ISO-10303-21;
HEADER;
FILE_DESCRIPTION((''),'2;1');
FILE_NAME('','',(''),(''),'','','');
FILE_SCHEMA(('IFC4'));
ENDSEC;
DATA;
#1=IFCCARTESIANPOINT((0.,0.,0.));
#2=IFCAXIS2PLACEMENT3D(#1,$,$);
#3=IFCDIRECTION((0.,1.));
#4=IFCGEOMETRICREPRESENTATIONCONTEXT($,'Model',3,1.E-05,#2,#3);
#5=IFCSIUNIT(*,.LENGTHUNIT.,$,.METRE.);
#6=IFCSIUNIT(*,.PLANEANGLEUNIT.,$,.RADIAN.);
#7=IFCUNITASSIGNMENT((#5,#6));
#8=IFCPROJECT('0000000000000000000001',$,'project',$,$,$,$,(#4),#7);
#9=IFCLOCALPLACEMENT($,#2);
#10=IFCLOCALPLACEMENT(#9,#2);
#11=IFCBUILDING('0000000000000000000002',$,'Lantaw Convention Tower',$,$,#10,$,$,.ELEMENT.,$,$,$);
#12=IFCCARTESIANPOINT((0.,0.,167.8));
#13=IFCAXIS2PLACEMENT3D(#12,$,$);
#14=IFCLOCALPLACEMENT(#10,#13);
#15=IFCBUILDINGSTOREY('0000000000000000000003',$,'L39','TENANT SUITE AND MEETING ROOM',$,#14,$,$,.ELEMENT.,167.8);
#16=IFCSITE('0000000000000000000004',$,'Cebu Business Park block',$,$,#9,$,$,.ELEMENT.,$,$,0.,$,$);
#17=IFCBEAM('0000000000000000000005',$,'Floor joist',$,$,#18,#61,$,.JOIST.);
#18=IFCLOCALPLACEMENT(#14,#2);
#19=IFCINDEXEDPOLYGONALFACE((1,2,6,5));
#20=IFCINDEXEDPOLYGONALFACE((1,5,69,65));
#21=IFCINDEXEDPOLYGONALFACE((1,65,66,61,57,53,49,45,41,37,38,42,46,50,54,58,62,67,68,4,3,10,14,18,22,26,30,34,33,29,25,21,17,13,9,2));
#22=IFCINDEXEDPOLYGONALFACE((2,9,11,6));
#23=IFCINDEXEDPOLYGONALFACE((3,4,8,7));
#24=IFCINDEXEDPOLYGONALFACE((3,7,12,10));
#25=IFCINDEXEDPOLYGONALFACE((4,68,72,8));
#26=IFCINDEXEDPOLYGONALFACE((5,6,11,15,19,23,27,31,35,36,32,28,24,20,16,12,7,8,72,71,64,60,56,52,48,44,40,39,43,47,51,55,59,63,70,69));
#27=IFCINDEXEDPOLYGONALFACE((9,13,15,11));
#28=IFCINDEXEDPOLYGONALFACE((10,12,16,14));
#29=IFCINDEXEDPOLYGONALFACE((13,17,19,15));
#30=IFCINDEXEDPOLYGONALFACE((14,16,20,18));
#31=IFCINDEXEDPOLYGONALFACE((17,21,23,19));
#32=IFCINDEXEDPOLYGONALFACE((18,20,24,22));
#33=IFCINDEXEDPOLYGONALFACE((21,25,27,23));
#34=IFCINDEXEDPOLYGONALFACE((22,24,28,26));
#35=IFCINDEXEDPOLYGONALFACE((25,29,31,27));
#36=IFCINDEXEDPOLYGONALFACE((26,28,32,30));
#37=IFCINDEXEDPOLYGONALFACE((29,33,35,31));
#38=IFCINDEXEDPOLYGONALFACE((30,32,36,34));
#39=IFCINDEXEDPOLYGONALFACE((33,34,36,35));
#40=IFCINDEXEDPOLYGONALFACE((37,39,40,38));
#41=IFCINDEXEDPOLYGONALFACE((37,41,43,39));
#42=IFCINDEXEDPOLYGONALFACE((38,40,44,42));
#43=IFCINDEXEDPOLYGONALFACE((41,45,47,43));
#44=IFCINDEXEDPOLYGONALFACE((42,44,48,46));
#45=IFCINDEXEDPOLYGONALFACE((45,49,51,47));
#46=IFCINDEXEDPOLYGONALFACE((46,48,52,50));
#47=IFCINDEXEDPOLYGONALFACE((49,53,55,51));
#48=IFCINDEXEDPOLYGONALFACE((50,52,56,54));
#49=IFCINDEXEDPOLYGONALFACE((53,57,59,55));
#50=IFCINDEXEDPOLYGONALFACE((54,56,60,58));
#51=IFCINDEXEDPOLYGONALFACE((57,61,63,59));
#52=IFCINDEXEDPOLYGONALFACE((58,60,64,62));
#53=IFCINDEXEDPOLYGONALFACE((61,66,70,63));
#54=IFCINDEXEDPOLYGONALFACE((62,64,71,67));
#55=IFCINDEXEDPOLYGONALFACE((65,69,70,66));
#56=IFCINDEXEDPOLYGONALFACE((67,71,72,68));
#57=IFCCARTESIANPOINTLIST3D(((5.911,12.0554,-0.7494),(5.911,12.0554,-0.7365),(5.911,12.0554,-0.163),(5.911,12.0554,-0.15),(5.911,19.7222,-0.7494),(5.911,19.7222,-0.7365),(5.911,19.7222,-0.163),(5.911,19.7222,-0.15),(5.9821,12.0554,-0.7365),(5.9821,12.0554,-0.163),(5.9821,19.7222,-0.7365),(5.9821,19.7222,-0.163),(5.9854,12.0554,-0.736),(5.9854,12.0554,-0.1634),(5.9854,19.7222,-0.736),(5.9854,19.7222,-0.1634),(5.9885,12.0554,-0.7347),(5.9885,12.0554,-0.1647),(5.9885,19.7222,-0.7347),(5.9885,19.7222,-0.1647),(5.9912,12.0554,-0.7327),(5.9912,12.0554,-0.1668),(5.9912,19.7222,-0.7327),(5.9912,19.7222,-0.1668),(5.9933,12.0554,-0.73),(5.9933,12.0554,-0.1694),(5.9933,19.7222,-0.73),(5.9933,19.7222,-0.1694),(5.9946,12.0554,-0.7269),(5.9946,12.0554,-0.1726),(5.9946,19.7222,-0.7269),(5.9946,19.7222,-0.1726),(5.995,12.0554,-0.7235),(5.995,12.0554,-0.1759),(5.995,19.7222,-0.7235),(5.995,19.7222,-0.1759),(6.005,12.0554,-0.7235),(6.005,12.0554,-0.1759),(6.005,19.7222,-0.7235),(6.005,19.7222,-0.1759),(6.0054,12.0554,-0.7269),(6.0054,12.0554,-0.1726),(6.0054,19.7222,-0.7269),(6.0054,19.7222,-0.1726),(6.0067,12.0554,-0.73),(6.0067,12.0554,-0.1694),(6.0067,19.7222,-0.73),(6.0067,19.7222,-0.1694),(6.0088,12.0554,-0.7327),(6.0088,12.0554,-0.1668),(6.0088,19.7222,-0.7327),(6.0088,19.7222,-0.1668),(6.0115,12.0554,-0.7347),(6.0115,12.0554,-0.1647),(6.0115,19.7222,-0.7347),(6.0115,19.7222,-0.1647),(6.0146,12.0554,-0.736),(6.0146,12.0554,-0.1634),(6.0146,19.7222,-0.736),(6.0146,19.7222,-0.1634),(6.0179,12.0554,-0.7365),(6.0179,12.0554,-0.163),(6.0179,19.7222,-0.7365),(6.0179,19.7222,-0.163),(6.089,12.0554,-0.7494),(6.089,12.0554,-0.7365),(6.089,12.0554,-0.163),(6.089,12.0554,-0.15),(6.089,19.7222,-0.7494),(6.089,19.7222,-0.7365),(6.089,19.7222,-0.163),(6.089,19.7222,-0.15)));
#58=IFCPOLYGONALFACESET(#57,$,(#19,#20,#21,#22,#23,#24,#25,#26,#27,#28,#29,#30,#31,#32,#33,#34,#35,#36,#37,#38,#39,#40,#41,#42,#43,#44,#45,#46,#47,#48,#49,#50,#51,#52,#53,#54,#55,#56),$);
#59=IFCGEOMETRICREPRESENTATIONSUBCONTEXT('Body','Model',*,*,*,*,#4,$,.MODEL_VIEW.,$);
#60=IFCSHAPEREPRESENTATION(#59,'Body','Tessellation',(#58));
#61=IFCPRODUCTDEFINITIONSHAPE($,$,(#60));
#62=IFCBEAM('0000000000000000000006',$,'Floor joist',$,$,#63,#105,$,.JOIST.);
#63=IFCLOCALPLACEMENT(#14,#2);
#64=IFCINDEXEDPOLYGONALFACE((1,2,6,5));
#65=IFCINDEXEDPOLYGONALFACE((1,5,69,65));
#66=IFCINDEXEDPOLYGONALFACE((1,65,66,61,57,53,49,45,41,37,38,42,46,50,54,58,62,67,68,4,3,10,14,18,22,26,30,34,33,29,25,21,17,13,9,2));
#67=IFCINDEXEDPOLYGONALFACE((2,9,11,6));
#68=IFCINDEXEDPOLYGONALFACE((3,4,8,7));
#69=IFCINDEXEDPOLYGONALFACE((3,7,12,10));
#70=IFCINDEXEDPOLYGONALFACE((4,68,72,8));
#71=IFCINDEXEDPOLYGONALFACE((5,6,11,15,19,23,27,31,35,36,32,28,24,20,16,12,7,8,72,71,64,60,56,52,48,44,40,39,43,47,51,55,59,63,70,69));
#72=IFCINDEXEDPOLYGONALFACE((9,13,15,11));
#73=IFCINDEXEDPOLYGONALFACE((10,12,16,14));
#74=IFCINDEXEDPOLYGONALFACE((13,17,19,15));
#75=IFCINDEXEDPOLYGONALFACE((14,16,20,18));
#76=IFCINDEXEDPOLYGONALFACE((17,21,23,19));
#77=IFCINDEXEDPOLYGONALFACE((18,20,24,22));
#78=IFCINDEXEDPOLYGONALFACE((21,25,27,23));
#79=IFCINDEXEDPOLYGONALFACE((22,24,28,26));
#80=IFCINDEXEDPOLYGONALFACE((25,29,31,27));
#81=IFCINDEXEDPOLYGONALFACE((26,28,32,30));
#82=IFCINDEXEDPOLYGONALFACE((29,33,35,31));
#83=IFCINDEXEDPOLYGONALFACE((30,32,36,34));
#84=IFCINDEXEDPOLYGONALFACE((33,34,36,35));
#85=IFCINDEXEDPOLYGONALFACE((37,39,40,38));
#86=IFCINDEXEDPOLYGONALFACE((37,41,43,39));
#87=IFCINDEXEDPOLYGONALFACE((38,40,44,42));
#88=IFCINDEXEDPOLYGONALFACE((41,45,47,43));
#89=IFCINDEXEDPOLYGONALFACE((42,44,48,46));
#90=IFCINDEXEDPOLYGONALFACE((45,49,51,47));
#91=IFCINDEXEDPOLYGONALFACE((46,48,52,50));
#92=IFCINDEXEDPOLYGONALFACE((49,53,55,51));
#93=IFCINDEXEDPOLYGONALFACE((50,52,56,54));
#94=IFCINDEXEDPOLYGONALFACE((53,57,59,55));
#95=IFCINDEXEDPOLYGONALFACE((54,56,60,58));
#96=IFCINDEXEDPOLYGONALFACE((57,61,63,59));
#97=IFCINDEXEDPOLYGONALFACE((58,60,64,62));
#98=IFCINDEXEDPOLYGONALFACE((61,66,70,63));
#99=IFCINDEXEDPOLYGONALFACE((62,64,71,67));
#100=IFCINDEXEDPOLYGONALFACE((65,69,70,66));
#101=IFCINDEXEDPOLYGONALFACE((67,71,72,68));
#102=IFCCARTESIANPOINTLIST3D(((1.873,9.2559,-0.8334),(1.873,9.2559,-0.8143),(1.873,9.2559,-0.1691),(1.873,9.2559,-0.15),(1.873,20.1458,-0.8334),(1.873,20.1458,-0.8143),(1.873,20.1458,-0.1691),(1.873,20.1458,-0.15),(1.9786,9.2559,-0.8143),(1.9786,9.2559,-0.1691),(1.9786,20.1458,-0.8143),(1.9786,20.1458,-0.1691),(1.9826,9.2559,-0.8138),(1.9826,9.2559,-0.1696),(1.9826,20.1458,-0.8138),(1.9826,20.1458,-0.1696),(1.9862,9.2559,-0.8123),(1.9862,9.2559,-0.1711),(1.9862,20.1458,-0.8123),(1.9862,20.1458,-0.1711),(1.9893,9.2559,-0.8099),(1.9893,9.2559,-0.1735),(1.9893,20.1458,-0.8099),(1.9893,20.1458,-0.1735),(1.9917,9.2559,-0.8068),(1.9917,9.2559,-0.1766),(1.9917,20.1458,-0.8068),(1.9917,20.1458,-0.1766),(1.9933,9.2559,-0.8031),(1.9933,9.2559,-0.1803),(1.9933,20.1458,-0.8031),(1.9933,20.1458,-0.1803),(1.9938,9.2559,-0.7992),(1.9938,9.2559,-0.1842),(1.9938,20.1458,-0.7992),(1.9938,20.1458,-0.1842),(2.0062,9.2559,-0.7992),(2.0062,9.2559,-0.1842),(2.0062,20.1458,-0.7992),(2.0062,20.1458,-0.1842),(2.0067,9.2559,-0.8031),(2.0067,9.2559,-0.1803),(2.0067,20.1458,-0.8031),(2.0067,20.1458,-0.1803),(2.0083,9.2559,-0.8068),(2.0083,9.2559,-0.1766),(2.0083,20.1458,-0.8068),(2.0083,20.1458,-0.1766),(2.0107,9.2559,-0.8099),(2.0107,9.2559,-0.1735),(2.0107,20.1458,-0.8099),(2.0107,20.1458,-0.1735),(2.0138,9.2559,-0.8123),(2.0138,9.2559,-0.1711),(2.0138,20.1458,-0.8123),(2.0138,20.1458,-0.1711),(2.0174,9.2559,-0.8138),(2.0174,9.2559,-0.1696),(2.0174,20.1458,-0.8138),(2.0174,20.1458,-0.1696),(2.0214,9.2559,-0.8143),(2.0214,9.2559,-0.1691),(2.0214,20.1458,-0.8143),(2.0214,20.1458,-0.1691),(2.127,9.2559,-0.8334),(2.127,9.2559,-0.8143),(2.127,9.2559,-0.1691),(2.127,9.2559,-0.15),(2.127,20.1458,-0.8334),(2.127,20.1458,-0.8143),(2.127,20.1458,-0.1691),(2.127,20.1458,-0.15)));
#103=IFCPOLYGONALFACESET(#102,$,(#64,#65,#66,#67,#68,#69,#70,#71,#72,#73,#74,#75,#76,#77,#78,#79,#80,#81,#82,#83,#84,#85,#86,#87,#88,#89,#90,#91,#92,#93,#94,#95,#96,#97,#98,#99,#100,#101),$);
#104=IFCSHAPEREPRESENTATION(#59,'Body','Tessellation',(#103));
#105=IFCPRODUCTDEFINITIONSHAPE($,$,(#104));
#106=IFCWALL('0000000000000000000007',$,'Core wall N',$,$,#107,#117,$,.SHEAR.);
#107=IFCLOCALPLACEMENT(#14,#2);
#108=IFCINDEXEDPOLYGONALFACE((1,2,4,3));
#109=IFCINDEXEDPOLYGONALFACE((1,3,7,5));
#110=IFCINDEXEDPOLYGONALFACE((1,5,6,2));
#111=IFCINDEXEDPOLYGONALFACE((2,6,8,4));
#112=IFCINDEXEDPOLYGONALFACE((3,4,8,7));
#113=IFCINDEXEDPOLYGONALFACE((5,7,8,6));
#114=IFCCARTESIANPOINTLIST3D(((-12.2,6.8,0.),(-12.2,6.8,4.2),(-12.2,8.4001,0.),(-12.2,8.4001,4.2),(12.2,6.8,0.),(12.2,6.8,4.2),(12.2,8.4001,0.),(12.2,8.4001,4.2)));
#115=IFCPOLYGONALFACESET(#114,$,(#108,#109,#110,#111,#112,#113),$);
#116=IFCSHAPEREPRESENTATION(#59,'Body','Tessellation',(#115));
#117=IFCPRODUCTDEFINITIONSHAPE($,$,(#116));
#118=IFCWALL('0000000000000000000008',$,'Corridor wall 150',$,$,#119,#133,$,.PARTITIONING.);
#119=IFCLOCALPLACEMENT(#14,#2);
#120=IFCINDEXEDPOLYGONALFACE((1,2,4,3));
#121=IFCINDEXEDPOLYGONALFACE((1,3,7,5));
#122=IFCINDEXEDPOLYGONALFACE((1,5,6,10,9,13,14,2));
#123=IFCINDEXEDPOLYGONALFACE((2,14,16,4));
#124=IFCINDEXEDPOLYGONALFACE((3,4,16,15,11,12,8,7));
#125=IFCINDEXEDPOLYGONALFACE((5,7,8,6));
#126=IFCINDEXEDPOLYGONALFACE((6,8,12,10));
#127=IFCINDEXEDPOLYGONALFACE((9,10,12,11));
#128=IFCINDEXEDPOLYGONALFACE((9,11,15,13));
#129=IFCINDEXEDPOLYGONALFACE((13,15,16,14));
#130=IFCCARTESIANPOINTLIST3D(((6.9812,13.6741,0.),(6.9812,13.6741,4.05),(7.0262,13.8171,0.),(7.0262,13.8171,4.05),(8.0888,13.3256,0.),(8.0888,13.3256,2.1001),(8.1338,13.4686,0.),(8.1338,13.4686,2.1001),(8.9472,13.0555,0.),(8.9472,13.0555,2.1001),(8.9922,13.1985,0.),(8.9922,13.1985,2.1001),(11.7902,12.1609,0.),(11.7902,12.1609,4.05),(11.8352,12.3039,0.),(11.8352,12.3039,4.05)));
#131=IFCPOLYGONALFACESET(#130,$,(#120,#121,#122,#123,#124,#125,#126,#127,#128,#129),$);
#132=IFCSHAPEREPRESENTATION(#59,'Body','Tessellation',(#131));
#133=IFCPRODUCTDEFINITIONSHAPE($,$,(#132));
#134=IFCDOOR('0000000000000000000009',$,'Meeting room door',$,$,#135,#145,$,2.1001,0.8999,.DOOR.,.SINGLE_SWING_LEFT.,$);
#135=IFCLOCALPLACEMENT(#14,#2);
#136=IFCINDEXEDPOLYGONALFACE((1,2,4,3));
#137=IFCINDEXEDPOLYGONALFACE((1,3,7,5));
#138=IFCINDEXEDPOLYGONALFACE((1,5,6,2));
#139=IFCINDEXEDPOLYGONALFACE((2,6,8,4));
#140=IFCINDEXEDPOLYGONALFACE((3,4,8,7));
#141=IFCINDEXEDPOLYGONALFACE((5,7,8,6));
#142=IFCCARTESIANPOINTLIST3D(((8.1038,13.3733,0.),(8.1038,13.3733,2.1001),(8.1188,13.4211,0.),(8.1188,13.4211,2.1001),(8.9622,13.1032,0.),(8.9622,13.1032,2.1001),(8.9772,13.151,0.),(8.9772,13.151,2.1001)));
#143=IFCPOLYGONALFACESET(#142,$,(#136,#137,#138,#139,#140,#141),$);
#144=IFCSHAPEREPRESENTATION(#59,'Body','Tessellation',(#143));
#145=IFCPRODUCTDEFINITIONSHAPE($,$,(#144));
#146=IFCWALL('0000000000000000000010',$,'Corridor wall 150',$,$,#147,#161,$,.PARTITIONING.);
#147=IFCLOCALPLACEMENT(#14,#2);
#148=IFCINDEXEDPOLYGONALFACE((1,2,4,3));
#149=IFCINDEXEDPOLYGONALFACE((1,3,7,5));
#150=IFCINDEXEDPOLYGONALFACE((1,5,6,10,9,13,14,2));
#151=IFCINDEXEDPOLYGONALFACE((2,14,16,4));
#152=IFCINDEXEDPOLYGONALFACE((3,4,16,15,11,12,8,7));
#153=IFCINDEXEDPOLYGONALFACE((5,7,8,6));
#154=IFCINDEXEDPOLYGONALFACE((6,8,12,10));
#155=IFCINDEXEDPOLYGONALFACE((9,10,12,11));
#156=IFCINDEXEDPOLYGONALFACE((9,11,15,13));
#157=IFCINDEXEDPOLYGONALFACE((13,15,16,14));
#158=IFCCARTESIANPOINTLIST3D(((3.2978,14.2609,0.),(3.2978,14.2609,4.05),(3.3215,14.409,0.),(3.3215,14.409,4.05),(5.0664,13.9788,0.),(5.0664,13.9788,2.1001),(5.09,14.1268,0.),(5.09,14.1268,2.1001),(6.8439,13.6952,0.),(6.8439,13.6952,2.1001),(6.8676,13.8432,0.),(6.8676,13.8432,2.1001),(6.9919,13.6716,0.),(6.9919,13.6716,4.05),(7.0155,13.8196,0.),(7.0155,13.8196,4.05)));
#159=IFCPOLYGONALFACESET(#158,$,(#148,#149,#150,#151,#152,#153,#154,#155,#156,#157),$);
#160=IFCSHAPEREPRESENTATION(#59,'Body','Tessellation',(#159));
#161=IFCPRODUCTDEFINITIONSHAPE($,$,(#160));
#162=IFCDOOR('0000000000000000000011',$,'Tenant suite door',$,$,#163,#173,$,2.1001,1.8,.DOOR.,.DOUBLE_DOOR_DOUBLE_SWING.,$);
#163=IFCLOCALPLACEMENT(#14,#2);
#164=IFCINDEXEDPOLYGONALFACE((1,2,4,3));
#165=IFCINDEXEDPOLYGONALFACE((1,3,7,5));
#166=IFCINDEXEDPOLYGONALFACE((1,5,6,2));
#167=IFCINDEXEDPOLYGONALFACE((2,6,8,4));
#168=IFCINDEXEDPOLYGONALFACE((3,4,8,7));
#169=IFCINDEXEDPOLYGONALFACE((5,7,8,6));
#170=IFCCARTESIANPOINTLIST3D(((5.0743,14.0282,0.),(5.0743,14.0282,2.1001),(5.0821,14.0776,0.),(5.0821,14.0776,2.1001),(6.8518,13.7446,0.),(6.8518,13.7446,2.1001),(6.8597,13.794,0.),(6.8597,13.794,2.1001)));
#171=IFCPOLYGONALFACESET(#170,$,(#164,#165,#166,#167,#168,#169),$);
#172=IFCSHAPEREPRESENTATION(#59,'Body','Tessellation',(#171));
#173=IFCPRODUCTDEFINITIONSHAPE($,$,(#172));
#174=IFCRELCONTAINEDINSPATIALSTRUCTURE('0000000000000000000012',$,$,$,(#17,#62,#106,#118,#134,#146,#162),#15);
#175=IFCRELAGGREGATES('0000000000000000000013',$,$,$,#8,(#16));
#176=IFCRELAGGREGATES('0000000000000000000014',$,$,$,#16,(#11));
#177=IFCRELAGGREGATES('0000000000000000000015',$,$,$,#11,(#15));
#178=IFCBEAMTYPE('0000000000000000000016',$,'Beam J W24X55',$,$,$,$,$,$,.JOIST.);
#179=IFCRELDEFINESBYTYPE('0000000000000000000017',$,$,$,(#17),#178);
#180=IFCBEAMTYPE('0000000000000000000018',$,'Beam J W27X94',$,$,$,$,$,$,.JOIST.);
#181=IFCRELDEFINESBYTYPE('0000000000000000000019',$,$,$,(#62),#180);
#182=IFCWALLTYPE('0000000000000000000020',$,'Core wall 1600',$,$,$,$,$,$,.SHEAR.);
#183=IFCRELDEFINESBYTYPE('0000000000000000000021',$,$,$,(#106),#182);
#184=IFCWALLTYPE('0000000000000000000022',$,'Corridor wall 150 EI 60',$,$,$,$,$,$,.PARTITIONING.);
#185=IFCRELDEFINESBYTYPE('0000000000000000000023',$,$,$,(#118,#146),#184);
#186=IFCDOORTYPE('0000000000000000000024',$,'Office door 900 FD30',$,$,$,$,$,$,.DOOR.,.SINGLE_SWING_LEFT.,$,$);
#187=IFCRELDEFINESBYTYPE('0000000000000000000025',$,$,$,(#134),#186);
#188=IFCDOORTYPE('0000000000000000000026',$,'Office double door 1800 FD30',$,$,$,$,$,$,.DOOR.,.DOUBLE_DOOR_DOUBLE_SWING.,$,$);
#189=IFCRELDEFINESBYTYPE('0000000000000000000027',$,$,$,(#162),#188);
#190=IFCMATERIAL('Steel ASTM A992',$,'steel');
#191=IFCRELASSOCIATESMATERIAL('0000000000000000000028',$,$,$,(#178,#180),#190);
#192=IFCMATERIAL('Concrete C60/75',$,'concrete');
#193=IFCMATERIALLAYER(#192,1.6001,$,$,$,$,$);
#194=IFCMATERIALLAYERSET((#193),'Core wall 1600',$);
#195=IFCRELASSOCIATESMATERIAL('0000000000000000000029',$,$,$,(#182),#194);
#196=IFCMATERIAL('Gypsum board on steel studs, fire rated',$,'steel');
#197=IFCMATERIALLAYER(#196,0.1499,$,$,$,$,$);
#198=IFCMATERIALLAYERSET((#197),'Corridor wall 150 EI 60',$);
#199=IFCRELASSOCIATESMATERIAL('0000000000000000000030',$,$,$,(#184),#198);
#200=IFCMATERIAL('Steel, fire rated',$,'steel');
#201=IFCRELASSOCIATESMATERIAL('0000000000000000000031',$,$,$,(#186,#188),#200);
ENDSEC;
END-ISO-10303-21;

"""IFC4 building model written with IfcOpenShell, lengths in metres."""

from ifc_helpers import new_model, si_unit, direction, frame, frame_2d, origin, origin_2d, place, context, subcontext, project, spatial, rectangle, i_section, extrude, material, layer, layer_set, material_profile, profile_set, type_object, element, fill, save


model = new_model("IFC4")

# Units and contexts
model_context = context("Model", 3, precision=1e-05, world=origin(), true_north=direction((0.0, 1.0)))
body_context = subcontext(model_context, "Body", "Model", "MODEL_VIEW")
ifc_project = project(units=[si_unit("LENGTHUNIT", "METRE"), si_unit("PLANEANGLEUNIT", "RADIAN")], contexts=[model_context])

# Site, building, storey
site_placement = place(None, origin())
site = spatial("IfcSite", under=ifc_project, at=site_placement, Name="Cebu Business Park block", CompositionType="ELEMENT", RefElevation=0.0)
building_placement = place(site_placement, origin())
building = spatial("IfcBuilding", under=site, at=building_placement, Name="Lantaw Convention Tower", CompositionType="ELEMENT")
storey_placement = place(building_placement, frame((0.0, 0.0, 167.8)))
storey = spatial("IfcBuildingStorey", under=building, at=storey_placement, Name="L39", Description="TENANT SUITE AND MEETING ROOM", CompositionType="ELEMENT", Elevation=167.8)

# Beams
ifc_material_1 = material(Name="Steel ASTM A992", Category="steel")
ifc_material_profile_1 = material_profile(ifc_material_1, i_section(OverallWidth=0.178, OverallDepth=0.5994, WebThickness=0.01, FlangeThickness=0.0129, FilletRadius=0.0129, at=origin_2d()), Name="W24X55")
ifc_profile_set_1 = profile_set([ifc_material_profile_1], Name="Steel ASTM A992")
beam_type_1 = type_object("IfcBeamType", Name="Beam J W24X55", PredefinedType="JOIST", material=ifc_profile_set_1)
beam_1_placement = place(storey_placement, frame((6.0, 12.0554, -0.4497), z_axis=(0.0, 1.0, 0.0), x_axis=(-1.0, 0.0, 0.0)))
element("IfcBeam", 1, at=beam_1_placement, inside=storey, type_object=beam_type_1, Name="Floor joist", PredefinedType="JOIST", context=body_context, shape_type="SweptSolid", body=[
    extrude(i_section(OverallWidth=0.178, OverallDepth=0.5994, WebThickness=0.01, FlangeThickness=0.0129, FilletRadius=0.0129, at=origin_2d()), origin(), (0.0, 0.0, 1.0), 7.6667),
])
ifc_material_profile_2 = material_profile(ifc_material_1, i_section(OverallWidth=0.2539, OverallDepth=0.6833, WebThickness=0.0125, FlangeThickness=0.019, FilletRadius=0.0151, at=origin_2d()), Name="W27X94")
ifc_profile_set_2 = profile_set([ifc_material_profile_2], Name="Steel ASTM A992")
beam_type_2 = type_object("IfcBeamType", Name="Beam J W27X94", PredefinedType="JOIST", material=ifc_profile_set_2)
beam_2_placement = place(storey_placement, frame((2.0, 9.2559, -0.4917), z_axis=(0.0, 1.0, 0.0), x_axis=(-1.0, 0.0, 0.0)))
element("IfcBeam", 2, at=beam_2_placement, inside=storey, type_object=beam_type_2, Name="Floor joist", PredefinedType="JOIST", context=body_context, shape_type="SweptSolid", body=[
    extrude(i_section(OverallWidth=0.2539, OverallDepth=0.6833, WebThickness=0.0125, FlangeThickness=0.019, FilletRadius=0.0151, at=origin_2d()), origin(), (0.0, 0.0, 1.0), 10.8899),
])

# Wall
ifc_material_2 = material(Name="Concrete C60/75", Category="concrete")
ifc_layer_1 = layer(ifc_material_2, 1.6001)
ifc_layer_set_1 = layer_set([ifc_layer_1], Name="Core wall 1600")
wall_type_1 = type_object("IfcWallType", Name="Core wall 1600", PredefinedType="SHEAR", material=ifc_layer_set_1)
wall_1_placement = place(storey_placement, frame((12.2, 7.6001, 0.0), z_axis=(0.0, 0.0, 1.0), x_axis=(-1.0, 0.0, 0.0)))
element("IfcWall", 3, at=wall_1_placement, inside=storey, type_object=wall_type_1, Name="Core wall N", PredefinedType="SHEAR", context=body_context, shape_type="SweptSolid", body=[
    extrude(rectangle(XDim=24.3999, YDim=1.6001, at=frame_2d((12.2, 0.0))), origin(), (0.0, 0.0, 1.0), 4.2),
])

# Walls, openings, doors
ifc_material_3 = material(Name="Gypsum board on steel studs, fire rated", Category="steel")
ifc_layer_2 = layer(ifc_material_3, 0.1499)
ifc_layer_set_2 = layer_set([ifc_layer_2], Name="Corridor wall 150 EI 60")
wall_type_2 = type_object("IfcWallType", Name="Corridor wall 150 EI 60", PredefinedType="PARTITIONING", material=ifc_layer_set_2)
wall_2_placement = place(storey_placement, frame((11.8127, 12.2324, 0.0), z_axis=(0.0, 0.0, 1.0), x_axis=(-0.953894, 0.300144, 0.0)))
wall_2 = element("IfcWall", 4, at=wall_2_placement, inside=storey, type_object=wall_type_2, Name="Corridor wall 150", PredefinedType="PARTITIONING", context=body_context, shape_type="SweptSolid", body=[
    extrude(rectangle(XDim=5.0415, YDim=0.1499, at=frame_2d((2.5208, 0.0))), origin(), (0.0, 0.0, 1.0), 4.05),
])
opening_1_placement = place(wall_2_placement, frame((2.9805, 0.0, 0.0)))
opening_1 = element("IfcOpeningElement", 5, at=opening_1_placement, cuts=wall_2, PredefinedType="OPENING", context=body_context, shape_type="SweptSolid", body=[
    extrude(rectangle(XDim=0.8999, YDim=2.1001, at=frame_2d((0.45, 1.05))), frame((0.0, 0.085, 0.0), z_axis=(0.0, -1.0, 0.0), x_axis=(1.0, 0.0, 0.0)), (0.0, 0.0, 1.0), 0.1699),
])
ifc_material_4 = material(Name="Steel, fire rated", Category="steel")
door_type_1 = type_object("IfcDoorType", Name="Office door 900 FD30", OperationType="SINGLE_SWING_LEFT", PredefinedType="DOOR", material=ifc_material_4)
door_1_placement = place(opening_1_placement, origin())
door_1 = element("IfcDoor", 6, at=door_1_placement, inside=storey, type_object=door_type_1, Name="Meeting room door", OperationType="SINGLE_SWING_LEFT", OverallHeight=2.1001, OverallWidth=0.8999, PredefinedType="DOOR", context=body_context, shape_type="SweptSolid", body=[
    extrude(rectangle(XDim=0.8999, YDim=2.1001, at=frame_2d((0.45, 1.05))), frame((0.0, 0.0249, 0.0), z_axis=(0.0, -1.0, 0.0), x_axis=(1.0, 0.0, 0.0)), (0.0, 0.0, 1.0), 0.05),
])
fill(opening_1, door_1)
wall_3_placement = place(storey_placement, frame((7.0037, 13.7456, 0.0), z_axis=(0.0, 0.0, 1.0), x_axis=(-0.987511, 0.157548, 0.0)))
wall_3 = element("IfcWall", 7, at=wall_3_placement, inside=storey, type_object=wall_type_2, Name="Corridor wall 150", PredefinedType="PARTITIONING", context=body_context, shape_type="SweptSolid", body=[
    extrude(rectangle(XDim=3.7407, YDim=0.1499, at=frame_2d((1.8704, 0.0))), origin(), (0.0, 0.0, 1.0), 4.05),
])
opening_2_placement = place(wall_3_placement, frame((0.1499, 0.0, 0.0)))
opening_2 = element("IfcOpeningElement", 8, at=opening_2_placement, cuts=wall_3, PredefinedType="OPENING", context=body_context, shape_type="SweptSolid", body=[
    extrude(rectangle(XDim=1.8, YDim=2.1001, at=frame_2d((0.8999, 1.05))), frame((0.0, 0.085, 0.0), z_axis=(0.0, -1.0, 0.0), x_axis=(1.0, 0.0, 0.0)), (0.0, 0.0, 1.0), 0.1699),
])
door_type_2 = type_object("IfcDoorType", Name="Office double door 1800 FD30", OperationType="DOUBLE_DOOR_DOUBLE_SWING", PredefinedType="DOOR", material=ifc_material_4)
door_2_placement = place(opening_2_placement, origin())
door_2 = element("IfcDoor", 9, at=door_2_placement, inside=storey, type_object=door_type_2, Name="Tenant suite door", OperationType="DOUBLE_DOOR_DOUBLE_SWING", OverallHeight=2.1001, OverallWidth=1.8, PredefinedType="DOOR", context=body_context, shape_type="SweptSolid", body=[
    extrude(rectangle(XDim=1.8, YDim=2.1001, at=frame_2d((0.8999, 1.05))), frame((0.0, 0.0249, 0.0), z_axis=(0.0, -1.0, 0.0), x_axis=(1.0, 0.0, 0.0)), (0.0, 0.0, 1.0), 0.05),
])
fill(opening_2, door_2)

save(model, "model.ifc")
